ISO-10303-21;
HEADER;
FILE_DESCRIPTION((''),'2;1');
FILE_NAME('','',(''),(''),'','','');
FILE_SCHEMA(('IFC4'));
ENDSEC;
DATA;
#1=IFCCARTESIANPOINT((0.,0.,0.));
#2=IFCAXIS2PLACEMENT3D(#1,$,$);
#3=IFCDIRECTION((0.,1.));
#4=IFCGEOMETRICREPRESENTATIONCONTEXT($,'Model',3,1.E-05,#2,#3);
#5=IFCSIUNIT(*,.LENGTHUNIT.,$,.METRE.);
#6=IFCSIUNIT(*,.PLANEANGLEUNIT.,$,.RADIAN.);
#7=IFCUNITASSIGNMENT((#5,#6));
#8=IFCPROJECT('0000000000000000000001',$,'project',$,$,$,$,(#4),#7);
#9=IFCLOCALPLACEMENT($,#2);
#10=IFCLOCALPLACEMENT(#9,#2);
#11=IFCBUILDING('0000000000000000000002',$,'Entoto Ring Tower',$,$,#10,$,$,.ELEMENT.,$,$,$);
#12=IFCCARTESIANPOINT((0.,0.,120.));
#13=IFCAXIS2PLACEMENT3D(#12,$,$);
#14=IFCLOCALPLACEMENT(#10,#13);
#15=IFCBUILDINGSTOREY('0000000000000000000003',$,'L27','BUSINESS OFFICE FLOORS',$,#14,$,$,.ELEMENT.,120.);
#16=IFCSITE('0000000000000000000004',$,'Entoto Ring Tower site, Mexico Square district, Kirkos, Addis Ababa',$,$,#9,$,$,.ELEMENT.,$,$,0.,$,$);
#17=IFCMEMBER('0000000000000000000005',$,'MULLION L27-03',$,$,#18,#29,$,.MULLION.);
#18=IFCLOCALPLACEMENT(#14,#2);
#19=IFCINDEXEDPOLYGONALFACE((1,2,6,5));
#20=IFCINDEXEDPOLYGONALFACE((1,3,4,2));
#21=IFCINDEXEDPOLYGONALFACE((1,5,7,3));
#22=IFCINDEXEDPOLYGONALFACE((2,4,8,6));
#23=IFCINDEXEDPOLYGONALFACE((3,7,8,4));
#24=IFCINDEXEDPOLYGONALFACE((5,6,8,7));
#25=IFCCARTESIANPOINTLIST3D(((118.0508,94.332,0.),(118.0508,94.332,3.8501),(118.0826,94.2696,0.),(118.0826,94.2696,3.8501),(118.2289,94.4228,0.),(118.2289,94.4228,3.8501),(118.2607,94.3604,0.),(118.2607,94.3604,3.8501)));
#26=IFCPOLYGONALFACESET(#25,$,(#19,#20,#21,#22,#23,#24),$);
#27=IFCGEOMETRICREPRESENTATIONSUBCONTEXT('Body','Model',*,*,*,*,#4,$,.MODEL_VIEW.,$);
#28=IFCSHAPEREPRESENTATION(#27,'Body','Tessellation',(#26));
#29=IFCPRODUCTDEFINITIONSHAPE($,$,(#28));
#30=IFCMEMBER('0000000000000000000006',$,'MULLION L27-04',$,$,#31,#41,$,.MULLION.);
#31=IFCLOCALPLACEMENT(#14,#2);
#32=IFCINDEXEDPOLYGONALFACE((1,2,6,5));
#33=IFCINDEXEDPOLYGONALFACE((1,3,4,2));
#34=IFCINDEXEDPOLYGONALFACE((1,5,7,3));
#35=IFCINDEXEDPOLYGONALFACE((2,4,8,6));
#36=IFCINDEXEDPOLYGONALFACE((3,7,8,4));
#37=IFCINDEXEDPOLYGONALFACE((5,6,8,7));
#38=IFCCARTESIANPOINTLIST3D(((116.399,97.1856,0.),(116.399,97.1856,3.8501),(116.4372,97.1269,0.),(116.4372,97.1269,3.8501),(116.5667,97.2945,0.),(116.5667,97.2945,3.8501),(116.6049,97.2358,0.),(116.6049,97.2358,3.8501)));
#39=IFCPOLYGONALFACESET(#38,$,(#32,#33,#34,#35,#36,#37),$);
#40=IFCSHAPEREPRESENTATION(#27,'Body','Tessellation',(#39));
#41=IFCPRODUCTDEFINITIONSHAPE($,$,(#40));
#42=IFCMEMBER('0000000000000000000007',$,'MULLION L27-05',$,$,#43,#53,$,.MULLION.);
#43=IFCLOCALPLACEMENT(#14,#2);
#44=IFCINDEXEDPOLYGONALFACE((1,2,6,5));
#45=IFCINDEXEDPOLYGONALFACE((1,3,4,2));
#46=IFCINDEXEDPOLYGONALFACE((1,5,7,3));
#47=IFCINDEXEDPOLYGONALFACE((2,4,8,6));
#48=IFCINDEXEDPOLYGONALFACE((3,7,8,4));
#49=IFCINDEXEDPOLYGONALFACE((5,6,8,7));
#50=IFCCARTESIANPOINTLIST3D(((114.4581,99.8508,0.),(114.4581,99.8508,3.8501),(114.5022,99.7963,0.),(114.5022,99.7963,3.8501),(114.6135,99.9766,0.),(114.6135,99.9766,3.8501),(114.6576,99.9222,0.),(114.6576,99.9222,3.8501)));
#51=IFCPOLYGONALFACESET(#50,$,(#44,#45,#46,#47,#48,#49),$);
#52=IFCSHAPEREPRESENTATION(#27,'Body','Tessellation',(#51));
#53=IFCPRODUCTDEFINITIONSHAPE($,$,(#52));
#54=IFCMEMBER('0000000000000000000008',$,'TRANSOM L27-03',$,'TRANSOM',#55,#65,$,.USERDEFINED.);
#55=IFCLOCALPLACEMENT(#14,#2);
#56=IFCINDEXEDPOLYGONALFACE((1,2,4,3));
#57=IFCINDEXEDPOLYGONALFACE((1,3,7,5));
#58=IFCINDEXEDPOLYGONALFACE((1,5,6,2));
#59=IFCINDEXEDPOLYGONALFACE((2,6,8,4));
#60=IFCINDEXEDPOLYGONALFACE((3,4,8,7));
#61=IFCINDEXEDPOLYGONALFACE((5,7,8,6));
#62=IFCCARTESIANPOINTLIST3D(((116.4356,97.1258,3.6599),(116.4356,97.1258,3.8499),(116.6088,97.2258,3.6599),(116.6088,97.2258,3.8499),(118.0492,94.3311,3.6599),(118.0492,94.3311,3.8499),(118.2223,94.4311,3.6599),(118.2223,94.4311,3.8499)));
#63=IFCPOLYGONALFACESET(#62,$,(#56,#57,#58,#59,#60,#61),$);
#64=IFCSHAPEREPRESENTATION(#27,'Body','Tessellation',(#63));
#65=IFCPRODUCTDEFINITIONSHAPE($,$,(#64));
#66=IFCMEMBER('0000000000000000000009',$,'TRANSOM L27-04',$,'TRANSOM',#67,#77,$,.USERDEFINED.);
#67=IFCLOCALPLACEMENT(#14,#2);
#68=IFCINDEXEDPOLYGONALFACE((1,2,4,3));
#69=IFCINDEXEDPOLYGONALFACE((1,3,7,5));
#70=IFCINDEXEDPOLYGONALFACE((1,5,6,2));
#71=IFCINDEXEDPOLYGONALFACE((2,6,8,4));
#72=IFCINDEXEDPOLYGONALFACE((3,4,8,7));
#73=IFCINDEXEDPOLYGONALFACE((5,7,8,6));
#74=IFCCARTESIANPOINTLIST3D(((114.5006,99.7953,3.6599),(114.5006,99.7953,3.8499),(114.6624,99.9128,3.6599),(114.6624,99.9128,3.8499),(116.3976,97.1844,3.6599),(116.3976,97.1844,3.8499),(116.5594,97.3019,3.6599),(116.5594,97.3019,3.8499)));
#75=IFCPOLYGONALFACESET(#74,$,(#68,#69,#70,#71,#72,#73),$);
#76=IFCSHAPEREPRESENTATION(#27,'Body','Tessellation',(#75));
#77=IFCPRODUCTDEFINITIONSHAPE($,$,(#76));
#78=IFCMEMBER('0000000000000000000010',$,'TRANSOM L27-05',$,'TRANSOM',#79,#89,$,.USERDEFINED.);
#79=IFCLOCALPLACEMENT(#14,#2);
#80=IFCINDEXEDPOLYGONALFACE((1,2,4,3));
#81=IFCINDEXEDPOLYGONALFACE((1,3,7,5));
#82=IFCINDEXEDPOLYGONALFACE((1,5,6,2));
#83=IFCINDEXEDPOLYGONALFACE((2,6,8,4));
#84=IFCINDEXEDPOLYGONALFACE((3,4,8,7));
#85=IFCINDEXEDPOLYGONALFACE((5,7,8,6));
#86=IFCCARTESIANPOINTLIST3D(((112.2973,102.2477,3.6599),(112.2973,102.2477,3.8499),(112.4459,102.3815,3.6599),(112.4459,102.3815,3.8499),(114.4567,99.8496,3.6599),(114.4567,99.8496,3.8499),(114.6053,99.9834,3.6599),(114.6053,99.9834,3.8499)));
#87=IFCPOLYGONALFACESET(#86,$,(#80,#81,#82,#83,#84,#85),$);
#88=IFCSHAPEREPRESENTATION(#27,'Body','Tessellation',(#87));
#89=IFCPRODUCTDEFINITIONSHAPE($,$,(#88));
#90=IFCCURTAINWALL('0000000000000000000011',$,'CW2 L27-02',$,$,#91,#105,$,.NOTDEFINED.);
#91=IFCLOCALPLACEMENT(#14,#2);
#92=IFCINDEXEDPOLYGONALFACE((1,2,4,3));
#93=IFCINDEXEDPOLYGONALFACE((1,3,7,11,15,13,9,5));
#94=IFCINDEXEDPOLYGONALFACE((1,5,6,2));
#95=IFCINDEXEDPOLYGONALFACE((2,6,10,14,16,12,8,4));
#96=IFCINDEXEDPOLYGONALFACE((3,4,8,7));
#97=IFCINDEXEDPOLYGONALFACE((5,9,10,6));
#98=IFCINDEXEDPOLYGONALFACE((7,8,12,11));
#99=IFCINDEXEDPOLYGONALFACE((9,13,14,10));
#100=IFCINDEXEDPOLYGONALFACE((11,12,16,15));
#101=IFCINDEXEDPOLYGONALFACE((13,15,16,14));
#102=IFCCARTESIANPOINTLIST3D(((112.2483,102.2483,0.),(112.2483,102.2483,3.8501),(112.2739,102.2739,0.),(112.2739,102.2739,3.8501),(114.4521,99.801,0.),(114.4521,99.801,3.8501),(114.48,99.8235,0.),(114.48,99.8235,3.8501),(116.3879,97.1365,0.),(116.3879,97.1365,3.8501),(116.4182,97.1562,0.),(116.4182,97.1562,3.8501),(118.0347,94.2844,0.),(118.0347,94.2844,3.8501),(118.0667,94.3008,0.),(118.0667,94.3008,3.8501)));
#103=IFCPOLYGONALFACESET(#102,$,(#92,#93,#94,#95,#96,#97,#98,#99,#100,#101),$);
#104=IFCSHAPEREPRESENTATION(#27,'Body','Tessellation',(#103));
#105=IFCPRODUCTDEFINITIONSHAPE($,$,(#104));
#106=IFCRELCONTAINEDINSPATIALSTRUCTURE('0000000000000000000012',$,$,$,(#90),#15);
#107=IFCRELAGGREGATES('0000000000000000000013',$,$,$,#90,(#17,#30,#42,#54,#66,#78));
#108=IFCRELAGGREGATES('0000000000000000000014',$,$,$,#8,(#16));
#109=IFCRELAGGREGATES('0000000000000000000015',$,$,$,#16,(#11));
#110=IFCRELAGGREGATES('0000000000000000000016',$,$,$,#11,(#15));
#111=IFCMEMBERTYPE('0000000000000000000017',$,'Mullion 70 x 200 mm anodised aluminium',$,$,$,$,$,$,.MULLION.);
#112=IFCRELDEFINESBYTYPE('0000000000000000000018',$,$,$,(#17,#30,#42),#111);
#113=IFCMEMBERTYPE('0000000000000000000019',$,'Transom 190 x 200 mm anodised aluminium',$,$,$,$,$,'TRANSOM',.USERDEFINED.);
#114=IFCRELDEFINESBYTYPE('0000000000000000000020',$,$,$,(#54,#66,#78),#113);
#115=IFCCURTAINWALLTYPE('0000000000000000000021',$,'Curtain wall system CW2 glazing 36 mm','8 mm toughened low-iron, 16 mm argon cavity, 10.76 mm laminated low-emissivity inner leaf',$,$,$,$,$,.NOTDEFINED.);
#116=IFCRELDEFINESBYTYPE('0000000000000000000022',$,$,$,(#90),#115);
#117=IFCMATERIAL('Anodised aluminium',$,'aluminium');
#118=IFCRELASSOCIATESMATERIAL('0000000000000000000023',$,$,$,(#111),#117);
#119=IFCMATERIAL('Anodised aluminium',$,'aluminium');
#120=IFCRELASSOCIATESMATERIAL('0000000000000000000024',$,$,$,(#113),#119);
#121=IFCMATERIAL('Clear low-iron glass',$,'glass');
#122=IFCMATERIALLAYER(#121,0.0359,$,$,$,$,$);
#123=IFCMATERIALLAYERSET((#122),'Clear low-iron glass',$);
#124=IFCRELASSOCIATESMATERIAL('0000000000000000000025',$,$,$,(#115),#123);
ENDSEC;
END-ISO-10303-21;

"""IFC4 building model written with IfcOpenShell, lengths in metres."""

from ifc_helpers import new_model, si_unit, direction, frame, origin, origin_2d, place, context, subcontext, project, spatial, polyline, rectangle, outline, extrude, material, layer, layer_set, material_profile, profile_set, type_object, element, aggregate, save


model = new_model("IFC4")

# Units and contexts
model_context = context("Model", 3, precision=1e-05, world=origin(), true_north=direction((0.0, 1.0)))
body_context = subcontext(model_context, "Body", "Model", "MODEL_VIEW")
ifc_project = project(units=[si_unit("LENGTHUNIT", "METRE"), si_unit("PLANEANGLEUNIT", "RADIAN")], contexts=[model_context])

# Members
ifc_material_1 = material(Name="Anodised aluminium", Category="aluminium")
ifc_material_profile_1 = material_profile(ifc_material_1, rectangle(XDim=0.0701, YDim=0.2, at=origin_2d()), Name="Mullion 70 x 200 mm anodised aluminium")
ifc_profile_set_1 = profile_set([ifc_material_profile_1], Name="Anodised aluminium")
member_type_1 = type_object("IfcMemberType", Name="Mullion 70 x 200 mm anodised aluminium", PredefinedType="MULLION", material=ifc_profile_set_1)
site_placement = place(None, origin())
building_placement = place(site_placement, origin())
storey_placement = place(building_placement, frame((0.0, 0.0, 120.0)))
member_1_placement = place(storey_placement, frame((118.1558, 94.3462, 0.0), z_axis=(0.0, 0.0, 1.0), x_axis=(-0.45399, 0.891007, 0.0)))
member_1 = element("IfcMember", 1, at=member_1_placement, type_object=member_type_1, Name="MULLION L27-03", PredefinedType="MULLION", context=body_context, shape_type="SweptSolid", body=[
    extrude(rectangle(XDim=0.0701, YDim=0.2, at=origin_2d()), origin(), (0.0, 0.0, 1.0), 3.8501),
])
member_2_placement = place(storey_placement, frame((116.502, 97.2107, 0.0), z_axis=(0.0, 0.0, 1.0), x_axis=(-0.544639, 0.838671, 0.0)))
member_2 = element("IfcMember", 2, at=member_2_placement, type_object=member_type_1, Name="MULLION L27-04", PredefinedType="MULLION", context=body_context, shape_type="SweptSolid", body=[
    extrude(rectangle(XDim=0.0701, YDim=0.2, at=origin_2d()), origin(), (0.0, 0.0, 1.0), 3.8501),
])
member_3_placement = place(storey_placement, frame((114.5579, 99.8865, 0.0), z_axis=(0.0, 0.0, 1.0), x_axis=(-0.62932, 0.777146, 0.0)))
member_3 = element("IfcMember", 3, at=member_3_placement, type_object=member_type_1, Name="MULLION L27-05", PredefinedType="MULLION", context=body_context, shape_type="SweptSolid", body=[
    extrude(rectangle(XDim=0.0701, YDim=0.2, at=origin_2d()), origin(), (0.0, 0.0, 1.0), 3.8501),
])
ifc_material_2 = material(Name="Anodised aluminium", Category="aluminium")
ifc_material_profile_2 = material_profile(ifc_material_2, rectangle(XDim=0.2, YDim=0.1899, at=origin_2d()), Name="Transom 190 x 200 mm anodised aluminium")
ifc_profile_set_2 = profile_set([ifc_material_profile_2], Name="Anodised aluminium")
member_type_2 = type_object("IfcMemberType", Name="Transom 190 x 200 mm anodised aluminium", ElementType="TRANSOM", PredefinedType="USERDEFINED", material=ifc_profile_set_2)
member_4_placement = place(storey_placement, frame((118.1357, 94.3811, 3.7549), z_axis=(-0.500004, 0.866023, 0.0), x_axis=(-0.866023, -0.500004, 0.0)))
member_4 = element("IfcMember", 4, at=member_4_placement, type_object=member_type_2, Name="TRANSOM L27-03", ObjectType="TRANSOM", PredefinedType="USERDEFINED", context=body_context, shape_type="SweptSolid", body=[
    extrude(rectangle(XDim=0.2, YDim=0.1899, at=origin_2d()), origin(), (0.0, 0.0, 1.0), 3.2271),
])
member_5_placement = place(storey_placement, frame((116.4785, 97.2432, 3.7549), z_axis=(-0.587803, 0.809004, 0.0), x_axis=(-0.809004, -0.587803, 0.0)))
member_5 = element("IfcMember", 5, at=member_5_placement, type_object=member_type_2, Name="TRANSOM L27-04", ObjectType="TRANSOM", PredefinedType="USERDEFINED", context=body_context, shape_type="SweptSolid", body=[
    extrude(rectangle(XDim=0.2, YDim=0.1899, at=origin_2d()), origin(), (0.0, 0.0, 1.0), 3.2273),
])
member_6_placement = place(storey_placement, frame((114.531, 99.9165, 3.7549), z_axis=(-0.669144, 0.743132, 0.0), x_axis=(-0.743132, -0.669144, 0.0)))
member_6 = element("IfcMember", 6, at=member_6_placement, type_object=member_type_2, Name="TRANSOM L27-05", ObjectType="TRANSOM", PredefinedType="USERDEFINED", context=body_context, shape_type="SweptSolid", body=[
    extrude(rectangle(XDim=0.2, YDim=0.1899, at=origin_2d()), origin(), (0.0, 0.0, 1.0), 3.2271),
])

# Site, building, storey
site = spatial("IfcSite", under=ifc_project, at=site_placement, Name="Entoto Ring Tower site, Mexico Square district, Kirkos, Addis Ababa", CompositionType="ELEMENT", RefElevation=0.0)
building = spatial("IfcBuilding", under=site, at=building_placement, Name="Entoto Ring Tower", CompositionType="ELEMENT")
storey = spatial("IfcBuildingStorey", under=building, at=storey_placement, Name="L27", Description="BUSINESS OFFICE FLOORS", CompositionType="ELEMENT", Elevation=120.0)

# Curtain wall
ifc_material_3 = material(Name="Clear low-iron glass", Category="glass")
ifc_layer_1 = layer(ifc_material_3, 0.0359)
ifc_layer_set_1 = layer_set([ifc_layer_1], Name="Clear low-iron glass")
curtain_wall_type = type_object("IfcCurtainWallType", Name="Curtain wall system CW2 glazing 36 mm", Description="8 mm toughened low-iron, 16 mm argon cavity, 10.76 mm laminated low-emissivity inner leaf", PredefinedType="NOTDEFINED", material=ifc_layer_set_1)
curtain_wall_1_placement = place(storey_placement, origin())
curtain_wall_1 = element("IfcCurtainWall", 7, at=curtain_wall_1_placement, inside=storey, type_object=curtain_wall_type, Name="CW2 L27-02", PredefinedType="NOTDEFINED", context=body_context, shape_type="SweptSolid", body=[
    extrude(outline(polyline([(118.0667, 94.3008), (116.4182, 97.1562), (114.48, 99.8235), (112.2739, 102.2739), (112.2483, 102.2483), (114.4521, 99.801), (116.3879, 97.1365), (118.0347, 94.2844), (118.0667, 94.3008)])), origin(), (0.0, 0.0, 1.0), 3.8501),
])
aggregate(curtain_wall_1, [member_1, member_2, member_3, member_4, member_5, member_6])

save(model, "model.ifc")
